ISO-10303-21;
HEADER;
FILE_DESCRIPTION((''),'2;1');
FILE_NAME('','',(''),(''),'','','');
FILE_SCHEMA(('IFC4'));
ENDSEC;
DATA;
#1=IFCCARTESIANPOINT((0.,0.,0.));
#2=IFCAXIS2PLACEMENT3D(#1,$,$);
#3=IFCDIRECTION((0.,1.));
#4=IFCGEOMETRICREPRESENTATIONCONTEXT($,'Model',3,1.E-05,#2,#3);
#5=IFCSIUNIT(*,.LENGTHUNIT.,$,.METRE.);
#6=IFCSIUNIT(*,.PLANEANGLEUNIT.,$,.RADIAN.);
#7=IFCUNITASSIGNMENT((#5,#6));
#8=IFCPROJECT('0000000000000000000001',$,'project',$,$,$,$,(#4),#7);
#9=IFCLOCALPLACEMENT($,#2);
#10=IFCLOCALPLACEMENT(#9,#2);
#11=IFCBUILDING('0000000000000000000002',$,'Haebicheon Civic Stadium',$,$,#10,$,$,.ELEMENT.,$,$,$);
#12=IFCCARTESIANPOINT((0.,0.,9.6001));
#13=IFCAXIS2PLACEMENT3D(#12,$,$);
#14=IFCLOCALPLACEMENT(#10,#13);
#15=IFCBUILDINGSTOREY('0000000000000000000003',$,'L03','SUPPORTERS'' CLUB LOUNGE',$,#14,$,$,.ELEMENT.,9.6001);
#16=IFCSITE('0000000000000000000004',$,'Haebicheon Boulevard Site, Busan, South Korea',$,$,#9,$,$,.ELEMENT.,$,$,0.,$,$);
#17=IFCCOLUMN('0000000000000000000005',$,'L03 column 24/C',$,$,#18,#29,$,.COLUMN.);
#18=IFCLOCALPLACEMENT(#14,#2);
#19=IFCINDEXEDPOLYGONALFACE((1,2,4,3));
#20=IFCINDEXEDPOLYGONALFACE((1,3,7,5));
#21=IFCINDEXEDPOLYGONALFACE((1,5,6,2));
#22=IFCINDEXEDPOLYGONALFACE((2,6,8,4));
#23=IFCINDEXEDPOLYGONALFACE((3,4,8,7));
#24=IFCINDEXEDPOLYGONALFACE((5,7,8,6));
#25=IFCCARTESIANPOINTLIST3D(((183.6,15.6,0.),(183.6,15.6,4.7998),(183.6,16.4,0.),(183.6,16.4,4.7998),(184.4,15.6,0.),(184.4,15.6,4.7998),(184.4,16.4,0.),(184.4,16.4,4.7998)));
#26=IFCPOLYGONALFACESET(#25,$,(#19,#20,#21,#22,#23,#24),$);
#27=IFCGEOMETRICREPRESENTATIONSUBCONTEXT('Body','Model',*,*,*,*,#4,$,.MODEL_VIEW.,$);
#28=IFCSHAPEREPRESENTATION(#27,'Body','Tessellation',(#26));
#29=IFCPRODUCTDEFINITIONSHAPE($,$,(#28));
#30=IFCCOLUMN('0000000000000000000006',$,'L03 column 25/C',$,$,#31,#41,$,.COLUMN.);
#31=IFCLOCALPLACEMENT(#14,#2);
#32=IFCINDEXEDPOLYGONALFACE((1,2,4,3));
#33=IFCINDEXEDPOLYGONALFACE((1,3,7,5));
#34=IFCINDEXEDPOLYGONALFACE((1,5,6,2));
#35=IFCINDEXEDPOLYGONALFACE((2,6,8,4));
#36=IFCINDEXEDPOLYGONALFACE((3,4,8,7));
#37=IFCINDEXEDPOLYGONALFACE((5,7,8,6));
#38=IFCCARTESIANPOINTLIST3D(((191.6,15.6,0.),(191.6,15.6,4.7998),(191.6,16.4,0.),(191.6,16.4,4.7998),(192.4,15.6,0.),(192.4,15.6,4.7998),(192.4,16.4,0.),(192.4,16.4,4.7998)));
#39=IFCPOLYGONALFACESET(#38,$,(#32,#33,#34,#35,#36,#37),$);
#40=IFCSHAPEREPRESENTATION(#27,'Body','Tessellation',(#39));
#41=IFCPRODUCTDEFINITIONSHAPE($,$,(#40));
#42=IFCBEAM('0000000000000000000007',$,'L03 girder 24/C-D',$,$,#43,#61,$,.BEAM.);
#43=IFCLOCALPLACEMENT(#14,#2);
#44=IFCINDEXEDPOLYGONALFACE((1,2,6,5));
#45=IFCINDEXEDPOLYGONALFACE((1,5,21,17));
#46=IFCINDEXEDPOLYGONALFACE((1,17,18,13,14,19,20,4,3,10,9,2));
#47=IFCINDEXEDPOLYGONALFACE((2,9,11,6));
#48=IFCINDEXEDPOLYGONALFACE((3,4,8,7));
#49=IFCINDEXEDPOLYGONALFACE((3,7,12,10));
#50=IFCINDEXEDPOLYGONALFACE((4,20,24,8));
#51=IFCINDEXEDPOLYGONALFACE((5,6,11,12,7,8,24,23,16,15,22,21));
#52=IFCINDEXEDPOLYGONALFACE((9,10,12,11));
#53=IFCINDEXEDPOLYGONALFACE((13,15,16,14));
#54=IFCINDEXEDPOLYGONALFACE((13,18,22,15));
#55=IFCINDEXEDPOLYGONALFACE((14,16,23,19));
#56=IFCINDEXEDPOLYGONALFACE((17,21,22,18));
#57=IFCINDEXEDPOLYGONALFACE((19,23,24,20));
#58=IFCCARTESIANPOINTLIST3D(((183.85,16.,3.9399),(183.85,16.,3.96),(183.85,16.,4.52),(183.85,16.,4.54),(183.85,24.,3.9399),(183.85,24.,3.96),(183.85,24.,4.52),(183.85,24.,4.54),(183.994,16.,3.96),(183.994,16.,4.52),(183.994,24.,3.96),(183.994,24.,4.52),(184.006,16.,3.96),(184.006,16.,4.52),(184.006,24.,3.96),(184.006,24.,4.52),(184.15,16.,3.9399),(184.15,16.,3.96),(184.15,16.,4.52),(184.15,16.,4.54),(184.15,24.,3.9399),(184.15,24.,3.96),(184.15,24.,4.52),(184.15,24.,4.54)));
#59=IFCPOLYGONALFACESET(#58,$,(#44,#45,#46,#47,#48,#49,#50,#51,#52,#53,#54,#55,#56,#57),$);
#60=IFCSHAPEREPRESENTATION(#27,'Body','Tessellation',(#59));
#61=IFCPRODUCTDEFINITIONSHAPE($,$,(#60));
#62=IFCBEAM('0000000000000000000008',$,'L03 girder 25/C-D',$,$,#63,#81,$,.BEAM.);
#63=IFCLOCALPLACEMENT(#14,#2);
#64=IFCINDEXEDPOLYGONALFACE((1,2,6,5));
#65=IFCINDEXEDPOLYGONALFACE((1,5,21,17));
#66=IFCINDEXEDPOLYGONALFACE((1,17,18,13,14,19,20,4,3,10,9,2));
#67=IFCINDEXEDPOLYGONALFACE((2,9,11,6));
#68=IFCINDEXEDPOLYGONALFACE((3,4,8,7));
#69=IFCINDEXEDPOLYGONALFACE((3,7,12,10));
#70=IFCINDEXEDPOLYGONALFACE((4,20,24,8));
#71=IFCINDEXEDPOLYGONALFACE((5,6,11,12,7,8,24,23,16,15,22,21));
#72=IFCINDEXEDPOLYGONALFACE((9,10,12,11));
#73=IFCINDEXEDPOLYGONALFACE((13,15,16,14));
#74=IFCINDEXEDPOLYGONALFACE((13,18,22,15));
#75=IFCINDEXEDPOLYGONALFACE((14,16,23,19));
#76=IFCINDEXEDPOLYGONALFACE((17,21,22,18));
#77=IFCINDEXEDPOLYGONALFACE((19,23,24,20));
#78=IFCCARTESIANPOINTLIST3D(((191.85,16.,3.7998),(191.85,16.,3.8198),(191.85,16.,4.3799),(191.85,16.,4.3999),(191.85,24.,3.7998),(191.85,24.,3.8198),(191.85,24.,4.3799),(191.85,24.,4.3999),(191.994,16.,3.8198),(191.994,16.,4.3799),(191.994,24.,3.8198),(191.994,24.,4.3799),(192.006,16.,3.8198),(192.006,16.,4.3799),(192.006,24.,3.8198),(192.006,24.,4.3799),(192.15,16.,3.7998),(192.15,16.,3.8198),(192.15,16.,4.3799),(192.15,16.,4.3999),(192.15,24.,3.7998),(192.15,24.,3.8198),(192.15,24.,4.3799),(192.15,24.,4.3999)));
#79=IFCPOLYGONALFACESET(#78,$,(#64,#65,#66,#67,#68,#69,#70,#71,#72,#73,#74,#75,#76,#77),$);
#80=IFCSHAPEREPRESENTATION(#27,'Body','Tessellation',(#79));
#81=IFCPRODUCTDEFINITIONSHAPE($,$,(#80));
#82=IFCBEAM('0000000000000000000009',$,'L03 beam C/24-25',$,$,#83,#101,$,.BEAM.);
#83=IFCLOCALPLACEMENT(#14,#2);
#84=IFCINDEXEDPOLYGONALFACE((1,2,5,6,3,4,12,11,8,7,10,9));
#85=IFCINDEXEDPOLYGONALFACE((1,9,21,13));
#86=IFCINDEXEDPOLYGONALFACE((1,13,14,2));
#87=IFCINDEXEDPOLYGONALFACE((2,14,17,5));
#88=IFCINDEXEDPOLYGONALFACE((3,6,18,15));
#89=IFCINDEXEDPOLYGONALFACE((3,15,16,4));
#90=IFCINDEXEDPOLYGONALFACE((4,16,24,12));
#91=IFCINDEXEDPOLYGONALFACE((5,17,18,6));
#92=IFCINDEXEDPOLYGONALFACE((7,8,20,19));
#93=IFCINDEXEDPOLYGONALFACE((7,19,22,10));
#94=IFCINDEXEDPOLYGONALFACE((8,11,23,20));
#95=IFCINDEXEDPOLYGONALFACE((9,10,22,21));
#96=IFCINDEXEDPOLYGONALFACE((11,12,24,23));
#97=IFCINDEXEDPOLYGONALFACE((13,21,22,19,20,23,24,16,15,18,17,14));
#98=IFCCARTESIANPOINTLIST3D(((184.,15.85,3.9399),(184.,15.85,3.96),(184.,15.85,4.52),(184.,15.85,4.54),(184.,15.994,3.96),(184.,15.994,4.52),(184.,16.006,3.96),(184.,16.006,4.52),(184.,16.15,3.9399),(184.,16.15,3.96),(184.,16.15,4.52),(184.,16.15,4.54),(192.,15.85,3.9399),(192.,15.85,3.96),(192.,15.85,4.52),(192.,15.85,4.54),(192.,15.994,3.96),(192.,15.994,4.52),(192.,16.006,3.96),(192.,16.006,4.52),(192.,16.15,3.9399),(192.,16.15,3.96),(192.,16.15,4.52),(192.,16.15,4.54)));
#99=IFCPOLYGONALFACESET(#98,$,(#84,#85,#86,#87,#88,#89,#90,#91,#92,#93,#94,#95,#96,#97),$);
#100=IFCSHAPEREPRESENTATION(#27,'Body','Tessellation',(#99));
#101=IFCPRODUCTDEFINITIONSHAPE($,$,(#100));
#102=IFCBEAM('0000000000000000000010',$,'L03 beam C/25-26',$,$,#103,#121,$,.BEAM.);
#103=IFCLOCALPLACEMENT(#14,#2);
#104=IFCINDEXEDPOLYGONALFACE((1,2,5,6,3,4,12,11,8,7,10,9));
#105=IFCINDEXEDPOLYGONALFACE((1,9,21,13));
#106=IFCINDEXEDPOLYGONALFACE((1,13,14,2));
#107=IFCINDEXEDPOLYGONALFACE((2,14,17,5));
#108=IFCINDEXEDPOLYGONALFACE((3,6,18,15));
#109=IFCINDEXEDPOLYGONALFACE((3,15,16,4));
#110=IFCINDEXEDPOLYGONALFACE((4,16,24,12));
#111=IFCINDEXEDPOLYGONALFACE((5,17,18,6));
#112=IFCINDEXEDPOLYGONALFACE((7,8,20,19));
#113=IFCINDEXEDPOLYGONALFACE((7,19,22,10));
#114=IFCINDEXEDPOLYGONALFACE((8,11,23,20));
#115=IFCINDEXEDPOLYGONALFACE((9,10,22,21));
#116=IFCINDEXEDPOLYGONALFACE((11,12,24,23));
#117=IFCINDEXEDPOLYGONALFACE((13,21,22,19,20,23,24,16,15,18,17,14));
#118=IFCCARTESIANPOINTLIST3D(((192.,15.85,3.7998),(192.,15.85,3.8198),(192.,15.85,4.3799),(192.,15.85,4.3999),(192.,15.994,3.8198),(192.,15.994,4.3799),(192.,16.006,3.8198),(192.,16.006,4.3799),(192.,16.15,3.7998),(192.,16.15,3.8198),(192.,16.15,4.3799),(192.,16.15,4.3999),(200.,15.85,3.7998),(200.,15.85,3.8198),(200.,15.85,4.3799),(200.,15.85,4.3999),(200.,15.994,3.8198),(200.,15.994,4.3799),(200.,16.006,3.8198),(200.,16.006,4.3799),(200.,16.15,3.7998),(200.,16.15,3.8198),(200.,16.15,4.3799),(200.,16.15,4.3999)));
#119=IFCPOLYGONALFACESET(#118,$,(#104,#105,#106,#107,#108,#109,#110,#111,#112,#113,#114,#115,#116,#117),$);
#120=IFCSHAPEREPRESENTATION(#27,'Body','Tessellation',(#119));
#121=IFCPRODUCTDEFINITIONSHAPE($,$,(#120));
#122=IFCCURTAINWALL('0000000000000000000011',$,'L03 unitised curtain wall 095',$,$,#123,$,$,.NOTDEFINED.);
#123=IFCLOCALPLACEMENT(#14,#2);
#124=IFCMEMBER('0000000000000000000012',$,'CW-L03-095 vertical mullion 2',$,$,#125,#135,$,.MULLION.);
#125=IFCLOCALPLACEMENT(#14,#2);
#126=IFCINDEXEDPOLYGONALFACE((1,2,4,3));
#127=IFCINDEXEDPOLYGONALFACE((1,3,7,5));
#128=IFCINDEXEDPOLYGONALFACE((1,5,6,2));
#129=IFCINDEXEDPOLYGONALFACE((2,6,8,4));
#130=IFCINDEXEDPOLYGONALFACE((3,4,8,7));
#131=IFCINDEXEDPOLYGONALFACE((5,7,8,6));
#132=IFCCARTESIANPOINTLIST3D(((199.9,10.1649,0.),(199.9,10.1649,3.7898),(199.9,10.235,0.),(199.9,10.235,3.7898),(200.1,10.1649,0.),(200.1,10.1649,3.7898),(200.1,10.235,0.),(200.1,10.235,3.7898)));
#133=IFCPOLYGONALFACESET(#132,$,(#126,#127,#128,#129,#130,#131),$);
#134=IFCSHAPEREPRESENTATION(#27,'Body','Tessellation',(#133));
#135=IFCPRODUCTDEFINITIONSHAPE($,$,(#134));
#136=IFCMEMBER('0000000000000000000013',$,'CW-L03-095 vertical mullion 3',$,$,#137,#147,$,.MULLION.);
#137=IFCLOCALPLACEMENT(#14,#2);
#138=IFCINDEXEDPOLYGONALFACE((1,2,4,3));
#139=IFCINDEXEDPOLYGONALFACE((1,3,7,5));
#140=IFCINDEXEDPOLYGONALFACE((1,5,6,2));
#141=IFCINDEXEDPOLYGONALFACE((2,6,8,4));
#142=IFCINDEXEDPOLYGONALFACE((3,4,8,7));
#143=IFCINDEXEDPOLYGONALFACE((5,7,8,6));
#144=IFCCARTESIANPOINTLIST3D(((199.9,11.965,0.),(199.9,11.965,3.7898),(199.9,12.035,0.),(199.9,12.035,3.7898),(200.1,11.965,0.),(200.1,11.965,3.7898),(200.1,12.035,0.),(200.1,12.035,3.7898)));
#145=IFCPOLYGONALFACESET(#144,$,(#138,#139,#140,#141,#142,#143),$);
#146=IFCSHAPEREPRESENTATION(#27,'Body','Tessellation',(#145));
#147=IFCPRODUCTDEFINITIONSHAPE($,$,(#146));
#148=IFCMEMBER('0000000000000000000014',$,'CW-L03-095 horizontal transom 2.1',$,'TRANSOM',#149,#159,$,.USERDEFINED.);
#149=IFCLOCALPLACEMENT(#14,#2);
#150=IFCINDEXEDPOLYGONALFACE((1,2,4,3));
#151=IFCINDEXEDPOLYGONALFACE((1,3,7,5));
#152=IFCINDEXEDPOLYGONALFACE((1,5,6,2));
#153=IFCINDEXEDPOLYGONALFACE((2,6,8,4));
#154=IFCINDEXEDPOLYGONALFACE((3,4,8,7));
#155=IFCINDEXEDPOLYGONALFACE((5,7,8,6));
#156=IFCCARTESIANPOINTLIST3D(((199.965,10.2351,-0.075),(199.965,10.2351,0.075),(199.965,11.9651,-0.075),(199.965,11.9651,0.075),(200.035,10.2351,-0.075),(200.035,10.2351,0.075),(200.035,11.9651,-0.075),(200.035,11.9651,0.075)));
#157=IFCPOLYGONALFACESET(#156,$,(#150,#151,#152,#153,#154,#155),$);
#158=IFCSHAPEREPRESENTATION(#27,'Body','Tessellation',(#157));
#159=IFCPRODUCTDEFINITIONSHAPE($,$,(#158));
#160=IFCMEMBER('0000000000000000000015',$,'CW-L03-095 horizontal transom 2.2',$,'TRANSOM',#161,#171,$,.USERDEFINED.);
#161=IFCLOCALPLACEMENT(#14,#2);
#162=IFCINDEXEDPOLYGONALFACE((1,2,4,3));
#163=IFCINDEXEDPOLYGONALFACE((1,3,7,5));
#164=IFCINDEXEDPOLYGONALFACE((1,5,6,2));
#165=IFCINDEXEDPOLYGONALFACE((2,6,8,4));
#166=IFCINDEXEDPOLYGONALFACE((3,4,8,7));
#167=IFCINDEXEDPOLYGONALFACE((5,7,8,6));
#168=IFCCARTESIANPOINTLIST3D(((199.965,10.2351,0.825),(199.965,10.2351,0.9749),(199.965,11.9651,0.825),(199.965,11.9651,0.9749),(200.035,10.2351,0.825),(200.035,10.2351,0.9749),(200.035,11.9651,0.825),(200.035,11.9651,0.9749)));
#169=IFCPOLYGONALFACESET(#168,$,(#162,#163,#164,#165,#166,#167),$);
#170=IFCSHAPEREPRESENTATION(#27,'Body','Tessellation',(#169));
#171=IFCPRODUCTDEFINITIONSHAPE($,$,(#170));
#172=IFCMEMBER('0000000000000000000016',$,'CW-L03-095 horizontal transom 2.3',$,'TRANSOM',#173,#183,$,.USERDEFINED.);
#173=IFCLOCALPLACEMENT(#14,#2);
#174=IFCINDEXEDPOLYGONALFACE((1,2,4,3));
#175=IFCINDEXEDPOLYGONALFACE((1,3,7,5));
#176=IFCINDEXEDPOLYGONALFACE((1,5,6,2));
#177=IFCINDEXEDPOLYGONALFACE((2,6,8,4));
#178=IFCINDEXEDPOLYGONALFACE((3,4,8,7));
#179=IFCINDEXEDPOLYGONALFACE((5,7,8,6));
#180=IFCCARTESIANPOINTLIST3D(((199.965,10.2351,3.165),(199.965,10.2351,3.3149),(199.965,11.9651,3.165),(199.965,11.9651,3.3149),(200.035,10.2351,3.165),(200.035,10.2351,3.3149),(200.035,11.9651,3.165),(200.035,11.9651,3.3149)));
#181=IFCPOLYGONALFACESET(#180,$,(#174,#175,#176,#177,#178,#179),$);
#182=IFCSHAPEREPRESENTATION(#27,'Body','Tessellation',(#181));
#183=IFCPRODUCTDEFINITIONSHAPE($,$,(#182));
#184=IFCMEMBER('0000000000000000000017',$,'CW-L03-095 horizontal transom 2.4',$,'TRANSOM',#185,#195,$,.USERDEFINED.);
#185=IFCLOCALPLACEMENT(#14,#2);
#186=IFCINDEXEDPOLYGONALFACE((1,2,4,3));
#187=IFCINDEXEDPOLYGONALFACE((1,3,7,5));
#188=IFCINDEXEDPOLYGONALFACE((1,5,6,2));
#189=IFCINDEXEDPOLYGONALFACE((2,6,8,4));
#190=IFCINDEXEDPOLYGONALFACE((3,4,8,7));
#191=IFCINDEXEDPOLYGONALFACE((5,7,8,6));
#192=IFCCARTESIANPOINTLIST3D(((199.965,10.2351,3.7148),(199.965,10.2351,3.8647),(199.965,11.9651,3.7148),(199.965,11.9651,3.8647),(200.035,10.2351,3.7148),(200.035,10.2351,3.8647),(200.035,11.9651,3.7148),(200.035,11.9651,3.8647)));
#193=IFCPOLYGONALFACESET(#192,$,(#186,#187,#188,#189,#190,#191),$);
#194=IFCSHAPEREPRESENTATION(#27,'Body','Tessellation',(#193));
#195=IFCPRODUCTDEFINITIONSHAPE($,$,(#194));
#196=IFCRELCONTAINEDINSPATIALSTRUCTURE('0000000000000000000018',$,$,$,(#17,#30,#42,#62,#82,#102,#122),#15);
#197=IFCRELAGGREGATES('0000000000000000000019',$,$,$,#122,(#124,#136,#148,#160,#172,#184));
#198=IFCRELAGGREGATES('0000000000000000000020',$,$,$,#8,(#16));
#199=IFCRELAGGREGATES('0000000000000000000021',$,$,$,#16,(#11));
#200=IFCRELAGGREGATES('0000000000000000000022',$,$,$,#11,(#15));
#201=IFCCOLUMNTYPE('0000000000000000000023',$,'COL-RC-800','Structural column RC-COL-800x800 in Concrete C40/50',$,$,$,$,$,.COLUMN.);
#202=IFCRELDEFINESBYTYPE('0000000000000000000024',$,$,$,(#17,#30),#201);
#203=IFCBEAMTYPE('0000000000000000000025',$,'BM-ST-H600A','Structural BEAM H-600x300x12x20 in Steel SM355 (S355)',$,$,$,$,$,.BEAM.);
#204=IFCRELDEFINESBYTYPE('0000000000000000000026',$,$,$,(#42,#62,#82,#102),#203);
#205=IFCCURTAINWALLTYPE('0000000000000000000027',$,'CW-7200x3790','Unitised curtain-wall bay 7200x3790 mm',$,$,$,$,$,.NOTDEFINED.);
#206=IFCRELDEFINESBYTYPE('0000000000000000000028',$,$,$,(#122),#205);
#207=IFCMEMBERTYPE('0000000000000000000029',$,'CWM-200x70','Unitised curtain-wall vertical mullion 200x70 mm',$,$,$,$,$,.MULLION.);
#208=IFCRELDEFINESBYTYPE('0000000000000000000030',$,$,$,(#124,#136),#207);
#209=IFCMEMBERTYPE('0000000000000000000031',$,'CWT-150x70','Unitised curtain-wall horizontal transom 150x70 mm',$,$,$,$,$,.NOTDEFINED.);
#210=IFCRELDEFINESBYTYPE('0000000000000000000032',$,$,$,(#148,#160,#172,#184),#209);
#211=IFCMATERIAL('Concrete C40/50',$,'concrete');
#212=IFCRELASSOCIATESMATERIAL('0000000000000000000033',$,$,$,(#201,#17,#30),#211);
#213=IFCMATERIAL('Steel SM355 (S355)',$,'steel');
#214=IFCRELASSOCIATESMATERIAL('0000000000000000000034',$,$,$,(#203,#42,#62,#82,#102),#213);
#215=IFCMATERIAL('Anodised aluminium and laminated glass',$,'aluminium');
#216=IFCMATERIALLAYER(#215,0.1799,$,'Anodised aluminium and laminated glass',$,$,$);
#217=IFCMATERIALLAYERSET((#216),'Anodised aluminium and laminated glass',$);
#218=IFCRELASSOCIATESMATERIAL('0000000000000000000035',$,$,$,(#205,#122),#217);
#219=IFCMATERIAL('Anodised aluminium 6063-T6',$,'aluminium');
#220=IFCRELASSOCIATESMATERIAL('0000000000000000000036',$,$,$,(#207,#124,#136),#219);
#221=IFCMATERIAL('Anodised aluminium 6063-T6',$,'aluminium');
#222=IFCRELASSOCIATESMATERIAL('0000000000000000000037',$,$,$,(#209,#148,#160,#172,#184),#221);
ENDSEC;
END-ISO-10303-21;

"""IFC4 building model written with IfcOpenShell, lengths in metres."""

from ifc_helpers import new_model, si_unit, direction, frame, origin, origin_2d, place, context, subcontext, project, spatial, rectangle, i_section, extrude, material, layer, layer_set, material_profile, profile_set, type_object, element, aggregate, save


model = new_model("IFC4")

# Units and contexts
model_context = context("Model", 3, precision=1e-05, world=origin(), true_north=direction((0.0, 1.0)))
body_context = subcontext(model_context, "Body", "Model", "MODEL_VIEW")
ifc_project = project(units=[si_unit("LENGTHUNIT", "METRE"), si_unit("PLANEANGLEUNIT", "RADIAN")], contexts=[model_context])

# Site, building, storey
site_placement = place(None, origin())
site = spatial("IfcSite", under=ifc_project, at=site_placement, Name="Haebicheon Boulevard Site, Busan, South Korea", CompositionType="ELEMENT", RefElevation=0.0)
building_placement = place(site_placement, origin())
building = spatial("IfcBuilding", under=site, at=building_placement, Name="Haebicheon Civic Stadium", CompositionType="ELEMENT")
storey_placement = place(building_placement, frame((0.0, 0.0, 9.6001)))
storey = spatial("IfcBuildingStorey", under=building, at=storey_placement, Name="L03", Description="SUPPORTERS' CLUB LOUNGE", CompositionType="ELEMENT", Elevation=9.6001)

# Columns
ifc_material_1 = material(Name="Concrete C40/50", Category="concrete")
ifc_material_profile_1 = material_profile(ifc_material_1, rectangle(XDim=0.8, YDim=0.8, at=origin_2d()), Name="RC-COL-800x800")
ifc_profile_set_1 = profile_set([ifc_material_profile_1], Name="Concrete C40/50")
column_type = type_object("IfcColumnType", Name="COL-RC-800", Description="Structural column RC-COL-800x800 in Concrete C40/50", PredefinedType="COLUMN", material=ifc_profile_set_1)
for number, where, z_axis, x_axis, name in (
    (1, (184.0, 16.0, 0.0), (0.0, 0.0, 1.0), (1.0, 0.0, 0.0), "L03 column 24/C"),
    (2, (192.0, 16.0, 0.0), (0.0, 0.0, 1.0), (1.0, 0.0, 0.0), "L03 column 25/C"),
):
    element("IfcColumn", number, at=place(storey_placement, frame(where, z_axis=z_axis, x_axis=x_axis)), inside=storey, type_object=column_type, material=ifc_profile_set_1, Name=name, PredefinedType="COLUMN", context=body_context, shape_type="SweptSolid", body=[
        extrude(rectangle(XDim=0.8, YDim=0.8, at=origin_2d()), origin(), (0.0, 0.0, 1.0), 4.7998),
    ])

# Beams
ifc_material_2 = material(Name="Steel SM355 (S355)", Category="steel")
ifc_material_profile_2 = material_profile(ifc_material_2, i_section(OverallWidth=0.3, OverallDepth=0.6001, WebThickness=0.012, FlangeThickness=0.02, at=origin_2d()), Name="H-600x300x12x20")
ifc_profile_set_2 = profile_set([ifc_material_profile_2], Name="Steel SM355 (S355)")
beam_type_1 = type_object("IfcBeamType", Name="BM-ST-H600A", Description="Structural BEAM H-600x300x12x20 in Steel SM355 (S355)", PredefinedType="BEAM", material=ifc_profile_set_2)
for number, where, z_axis, x_axis, name in (
    (3, (184.0, 16.0, 4.24), (0.0, 1.0, 0.0), (-1.0, 0.0, 0.0), "L03 girder 24/C-D"),
    (4, (192.0, 16.0, 4.0999), (0.0, 1.0, 0.0), (-1.0, 0.0, 0.0), "L03 girder 25/C-D"),
    (5, (184.0, 16.0, 4.24), (1.0, 0.0, 0.0), (0.0, 1.0, 0.0), "L03 beam C/24-25"),
    (6, (192.0, 16.0, 4.0999), (1.0, 0.0, 0.0), (0.0, 1.0, 0.0), "L03 beam C/25-26"),
):
    element("IfcBeam", number, at=place(storey_placement, frame(where, z_axis=z_axis, x_axis=x_axis)), inside=storey, type_object=beam_type_1, material=ifc_profile_set_2, Name=name, PredefinedType="BEAM", context=body_context, shape_type="SweptSolid", body=[
        extrude(i_section(OverallWidth=0.3, OverallDepth=0.6001, WebThickness=0.012, FlangeThickness=0.02, at=origin_2d()), origin(), (0.0, 0.0, 1.0), 8.0),
    ])

# Curtain wall, members
ifc_material_3 = material(Name="Anodised aluminium and laminated glass", Category="aluminium")
ifc_layer_1 = layer(ifc_material_3, 0.1799, Name="Anodised aluminium and laminated glass")
ifc_layer_set_1 = layer_set([ifc_layer_1], Name="Anodised aluminium and laminated glass")
curtain_wall_type = type_object("IfcCurtainWallType", Name="CW-7200x3790", Description="Unitised curtain-wall bay 7200x3790 mm", PredefinedType="NOTDEFINED", material=ifc_layer_set_1)
curtain_wall_placement = place(storey_placement, origin())
curtain_wall = element("IfcCurtainWall", 7, at=curtain_wall_placement, inside=storey, type_object=curtain_wall_type, material=ifc_layer_set_1, Name="L03 unitised curtain wall 095", PredefinedType="NOTDEFINED")
ifc_material_4 = material(Name="Anodised aluminium 6063-T6", Category="aluminium")
ifc_material_profile_3 = material_profile(ifc_material_4, rectangle(XDim=0.0701, YDim=0.2, at=origin_2d()), Name="ALU-MULL-70x200")
ifc_profile_set_3 = profile_set([ifc_material_profile_3], Name="Anodised aluminium 6063-T6")
member_type_1 = type_object("IfcMemberType", Name="CWM-200x70", Description="Unitised curtain-wall vertical mullion 200x70 mm", PredefinedType="MULLION", material=ifc_profile_set_3)
member_1_placement = place(storey_placement, frame((200.0, 10.2, 0.0), z_axis=(0.0, 0.0, 1.0), x_axis=(0.0, 1.0, 0.0)))
member_1 = element("IfcMember", 8, at=member_1_placement, type_object=member_type_1, material=ifc_profile_set_3, Name="CW-L03-095 vertical mullion 2", PredefinedType="MULLION", context=body_context, shape_type="SweptSolid", body=[
    extrude(rectangle(XDim=0.0701, YDim=0.2, at=origin_2d()), origin(), (0.0, 0.0, 1.0), 3.7898),
])
member_2_placement = place(storey_placement, frame((200.0, 12.0, 0.0), z_axis=(0.0, 0.0, 1.0), x_axis=(0.0, 1.0, 0.0)))
member_2 = element("IfcMember", 9, at=member_2_placement, type_object=member_type_1, material=ifc_profile_set_3, Name="CW-L03-095 vertical mullion 3", PredefinedType="MULLION", context=body_context, shape_type="SweptSolid", body=[
    extrude(rectangle(XDim=0.0701, YDim=0.2, at=origin_2d()), origin(), (0.0, 0.0, 1.0), 3.7898),
])
ifc_material_5 = material(Name="Anodised aluminium 6063-T6", Category="aluminium")
ifc_material_profile_4 = material_profile(ifc_material_5, rectangle(XDim=0.0701, YDim=0.1499, at=origin_2d()), Name="ALU-TRAN-70x150")
ifc_profile_set_4 = profile_set([ifc_material_profile_4], Name="Anodised aluminium 6063-T6")
member_type_2 = type_object("IfcMemberType", Name="CWT-150x70", Description="Unitised curtain-wall horizontal transom 150x70 mm", PredefinedType="NOTDEFINED", material=ifc_profile_set_4)
member_3_placement = place(storey_placement, frame((200.0, 10.2351, 0.0), z_axis=(0.0, 1.0, 0.0), x_axis=(-1.0, 0.0, 0.0)))
member_3 = element("IfcMember", 10, at=member_3_placement, type_object=member_type_2, material=ifc_profile_set_4, Name="CW-L03-095 horizontal transom 2.1", ObjectType="TRANSOM", PredefinedType="USERDEFINED", context=body_context, shape_type="SweptSolid", body=[
    extrude(rectangle(XDim=0.0701, YDim=0.1499, at=origin_2d()), origin(), (0.0, 0.0, 1.0), 1.73),
])
member_4_placement = place(storey_placement, frame((200.0, 10.2351, 0.8999), z_axis=(0.0, 1.0, 0.0), x_axis=(-1.0, 0.0, 0.0)))
member_4 = element("IfcMember", 11, at=member_4_placement, type_object=member_type_2, material=ifc_profile_set_4, Name="CW-L03-095 horizontal transom 2.2", ObjectType="TRANSOM", PredefinedType="USERDEFINED", context=body_context, shape_type="SweptSolid", body=[
    extrude(rectangle(XDim=0.0701, YDim=0.1499, at=origin_2d()), origin(), (0.0, 0.0, 1.0), 1.73),
])
member_5_placement = place(storey_placement, frame((200.0, 10.2351, 3.24), z_axis=(0.0, 1.0, 0.0), x_axis=(-1.0, 0.0, 0.0)))
member_5 = element("IfcMember", 12, at=member_5_placement, type_object=member_type_2, material=ifc_profile_set_4, Name="CW-L03-095 horizontal transom 2.3", ObjectType="TRANSOM", PredefinedType="USERDEFINED", context=body_context, shape_type="SweptSolid", body=[
    extrude(rectangle(XDim=0.0701, YDim=0.1499, at=origin_2d()), origin(), (0.0, 0.0, 1.0), 1.73),
])
member_6_placement = place(storey_placement, frame((200.0, 10.2351, 3.7898), z_axis=(0.0, 1.0, 0.0), x_axis=(-1.0, 0.0, 0.0)))
member_6 = element("IfcMember", 13, at=member_6_placement, type_object=member_type_2, material=ifc_profile_set_4, Name="CW-L03-095 horizontal transom 2.4", ObjectType="TRANSOM", PredefinedType="USERDEFINED", context=body_context, shape_type="SweptSolid", body=[
    extrude(rectangle(XDim=0.0701, YDim=0.1499, at=origin_2d()), origin(), (0.0, 0.0, 1.0), 1.73),
])

aggregate(curtain_wall, [member_1, member_2, member_3, member_4, member_5, member_6])

save(model, "model.ifc")
